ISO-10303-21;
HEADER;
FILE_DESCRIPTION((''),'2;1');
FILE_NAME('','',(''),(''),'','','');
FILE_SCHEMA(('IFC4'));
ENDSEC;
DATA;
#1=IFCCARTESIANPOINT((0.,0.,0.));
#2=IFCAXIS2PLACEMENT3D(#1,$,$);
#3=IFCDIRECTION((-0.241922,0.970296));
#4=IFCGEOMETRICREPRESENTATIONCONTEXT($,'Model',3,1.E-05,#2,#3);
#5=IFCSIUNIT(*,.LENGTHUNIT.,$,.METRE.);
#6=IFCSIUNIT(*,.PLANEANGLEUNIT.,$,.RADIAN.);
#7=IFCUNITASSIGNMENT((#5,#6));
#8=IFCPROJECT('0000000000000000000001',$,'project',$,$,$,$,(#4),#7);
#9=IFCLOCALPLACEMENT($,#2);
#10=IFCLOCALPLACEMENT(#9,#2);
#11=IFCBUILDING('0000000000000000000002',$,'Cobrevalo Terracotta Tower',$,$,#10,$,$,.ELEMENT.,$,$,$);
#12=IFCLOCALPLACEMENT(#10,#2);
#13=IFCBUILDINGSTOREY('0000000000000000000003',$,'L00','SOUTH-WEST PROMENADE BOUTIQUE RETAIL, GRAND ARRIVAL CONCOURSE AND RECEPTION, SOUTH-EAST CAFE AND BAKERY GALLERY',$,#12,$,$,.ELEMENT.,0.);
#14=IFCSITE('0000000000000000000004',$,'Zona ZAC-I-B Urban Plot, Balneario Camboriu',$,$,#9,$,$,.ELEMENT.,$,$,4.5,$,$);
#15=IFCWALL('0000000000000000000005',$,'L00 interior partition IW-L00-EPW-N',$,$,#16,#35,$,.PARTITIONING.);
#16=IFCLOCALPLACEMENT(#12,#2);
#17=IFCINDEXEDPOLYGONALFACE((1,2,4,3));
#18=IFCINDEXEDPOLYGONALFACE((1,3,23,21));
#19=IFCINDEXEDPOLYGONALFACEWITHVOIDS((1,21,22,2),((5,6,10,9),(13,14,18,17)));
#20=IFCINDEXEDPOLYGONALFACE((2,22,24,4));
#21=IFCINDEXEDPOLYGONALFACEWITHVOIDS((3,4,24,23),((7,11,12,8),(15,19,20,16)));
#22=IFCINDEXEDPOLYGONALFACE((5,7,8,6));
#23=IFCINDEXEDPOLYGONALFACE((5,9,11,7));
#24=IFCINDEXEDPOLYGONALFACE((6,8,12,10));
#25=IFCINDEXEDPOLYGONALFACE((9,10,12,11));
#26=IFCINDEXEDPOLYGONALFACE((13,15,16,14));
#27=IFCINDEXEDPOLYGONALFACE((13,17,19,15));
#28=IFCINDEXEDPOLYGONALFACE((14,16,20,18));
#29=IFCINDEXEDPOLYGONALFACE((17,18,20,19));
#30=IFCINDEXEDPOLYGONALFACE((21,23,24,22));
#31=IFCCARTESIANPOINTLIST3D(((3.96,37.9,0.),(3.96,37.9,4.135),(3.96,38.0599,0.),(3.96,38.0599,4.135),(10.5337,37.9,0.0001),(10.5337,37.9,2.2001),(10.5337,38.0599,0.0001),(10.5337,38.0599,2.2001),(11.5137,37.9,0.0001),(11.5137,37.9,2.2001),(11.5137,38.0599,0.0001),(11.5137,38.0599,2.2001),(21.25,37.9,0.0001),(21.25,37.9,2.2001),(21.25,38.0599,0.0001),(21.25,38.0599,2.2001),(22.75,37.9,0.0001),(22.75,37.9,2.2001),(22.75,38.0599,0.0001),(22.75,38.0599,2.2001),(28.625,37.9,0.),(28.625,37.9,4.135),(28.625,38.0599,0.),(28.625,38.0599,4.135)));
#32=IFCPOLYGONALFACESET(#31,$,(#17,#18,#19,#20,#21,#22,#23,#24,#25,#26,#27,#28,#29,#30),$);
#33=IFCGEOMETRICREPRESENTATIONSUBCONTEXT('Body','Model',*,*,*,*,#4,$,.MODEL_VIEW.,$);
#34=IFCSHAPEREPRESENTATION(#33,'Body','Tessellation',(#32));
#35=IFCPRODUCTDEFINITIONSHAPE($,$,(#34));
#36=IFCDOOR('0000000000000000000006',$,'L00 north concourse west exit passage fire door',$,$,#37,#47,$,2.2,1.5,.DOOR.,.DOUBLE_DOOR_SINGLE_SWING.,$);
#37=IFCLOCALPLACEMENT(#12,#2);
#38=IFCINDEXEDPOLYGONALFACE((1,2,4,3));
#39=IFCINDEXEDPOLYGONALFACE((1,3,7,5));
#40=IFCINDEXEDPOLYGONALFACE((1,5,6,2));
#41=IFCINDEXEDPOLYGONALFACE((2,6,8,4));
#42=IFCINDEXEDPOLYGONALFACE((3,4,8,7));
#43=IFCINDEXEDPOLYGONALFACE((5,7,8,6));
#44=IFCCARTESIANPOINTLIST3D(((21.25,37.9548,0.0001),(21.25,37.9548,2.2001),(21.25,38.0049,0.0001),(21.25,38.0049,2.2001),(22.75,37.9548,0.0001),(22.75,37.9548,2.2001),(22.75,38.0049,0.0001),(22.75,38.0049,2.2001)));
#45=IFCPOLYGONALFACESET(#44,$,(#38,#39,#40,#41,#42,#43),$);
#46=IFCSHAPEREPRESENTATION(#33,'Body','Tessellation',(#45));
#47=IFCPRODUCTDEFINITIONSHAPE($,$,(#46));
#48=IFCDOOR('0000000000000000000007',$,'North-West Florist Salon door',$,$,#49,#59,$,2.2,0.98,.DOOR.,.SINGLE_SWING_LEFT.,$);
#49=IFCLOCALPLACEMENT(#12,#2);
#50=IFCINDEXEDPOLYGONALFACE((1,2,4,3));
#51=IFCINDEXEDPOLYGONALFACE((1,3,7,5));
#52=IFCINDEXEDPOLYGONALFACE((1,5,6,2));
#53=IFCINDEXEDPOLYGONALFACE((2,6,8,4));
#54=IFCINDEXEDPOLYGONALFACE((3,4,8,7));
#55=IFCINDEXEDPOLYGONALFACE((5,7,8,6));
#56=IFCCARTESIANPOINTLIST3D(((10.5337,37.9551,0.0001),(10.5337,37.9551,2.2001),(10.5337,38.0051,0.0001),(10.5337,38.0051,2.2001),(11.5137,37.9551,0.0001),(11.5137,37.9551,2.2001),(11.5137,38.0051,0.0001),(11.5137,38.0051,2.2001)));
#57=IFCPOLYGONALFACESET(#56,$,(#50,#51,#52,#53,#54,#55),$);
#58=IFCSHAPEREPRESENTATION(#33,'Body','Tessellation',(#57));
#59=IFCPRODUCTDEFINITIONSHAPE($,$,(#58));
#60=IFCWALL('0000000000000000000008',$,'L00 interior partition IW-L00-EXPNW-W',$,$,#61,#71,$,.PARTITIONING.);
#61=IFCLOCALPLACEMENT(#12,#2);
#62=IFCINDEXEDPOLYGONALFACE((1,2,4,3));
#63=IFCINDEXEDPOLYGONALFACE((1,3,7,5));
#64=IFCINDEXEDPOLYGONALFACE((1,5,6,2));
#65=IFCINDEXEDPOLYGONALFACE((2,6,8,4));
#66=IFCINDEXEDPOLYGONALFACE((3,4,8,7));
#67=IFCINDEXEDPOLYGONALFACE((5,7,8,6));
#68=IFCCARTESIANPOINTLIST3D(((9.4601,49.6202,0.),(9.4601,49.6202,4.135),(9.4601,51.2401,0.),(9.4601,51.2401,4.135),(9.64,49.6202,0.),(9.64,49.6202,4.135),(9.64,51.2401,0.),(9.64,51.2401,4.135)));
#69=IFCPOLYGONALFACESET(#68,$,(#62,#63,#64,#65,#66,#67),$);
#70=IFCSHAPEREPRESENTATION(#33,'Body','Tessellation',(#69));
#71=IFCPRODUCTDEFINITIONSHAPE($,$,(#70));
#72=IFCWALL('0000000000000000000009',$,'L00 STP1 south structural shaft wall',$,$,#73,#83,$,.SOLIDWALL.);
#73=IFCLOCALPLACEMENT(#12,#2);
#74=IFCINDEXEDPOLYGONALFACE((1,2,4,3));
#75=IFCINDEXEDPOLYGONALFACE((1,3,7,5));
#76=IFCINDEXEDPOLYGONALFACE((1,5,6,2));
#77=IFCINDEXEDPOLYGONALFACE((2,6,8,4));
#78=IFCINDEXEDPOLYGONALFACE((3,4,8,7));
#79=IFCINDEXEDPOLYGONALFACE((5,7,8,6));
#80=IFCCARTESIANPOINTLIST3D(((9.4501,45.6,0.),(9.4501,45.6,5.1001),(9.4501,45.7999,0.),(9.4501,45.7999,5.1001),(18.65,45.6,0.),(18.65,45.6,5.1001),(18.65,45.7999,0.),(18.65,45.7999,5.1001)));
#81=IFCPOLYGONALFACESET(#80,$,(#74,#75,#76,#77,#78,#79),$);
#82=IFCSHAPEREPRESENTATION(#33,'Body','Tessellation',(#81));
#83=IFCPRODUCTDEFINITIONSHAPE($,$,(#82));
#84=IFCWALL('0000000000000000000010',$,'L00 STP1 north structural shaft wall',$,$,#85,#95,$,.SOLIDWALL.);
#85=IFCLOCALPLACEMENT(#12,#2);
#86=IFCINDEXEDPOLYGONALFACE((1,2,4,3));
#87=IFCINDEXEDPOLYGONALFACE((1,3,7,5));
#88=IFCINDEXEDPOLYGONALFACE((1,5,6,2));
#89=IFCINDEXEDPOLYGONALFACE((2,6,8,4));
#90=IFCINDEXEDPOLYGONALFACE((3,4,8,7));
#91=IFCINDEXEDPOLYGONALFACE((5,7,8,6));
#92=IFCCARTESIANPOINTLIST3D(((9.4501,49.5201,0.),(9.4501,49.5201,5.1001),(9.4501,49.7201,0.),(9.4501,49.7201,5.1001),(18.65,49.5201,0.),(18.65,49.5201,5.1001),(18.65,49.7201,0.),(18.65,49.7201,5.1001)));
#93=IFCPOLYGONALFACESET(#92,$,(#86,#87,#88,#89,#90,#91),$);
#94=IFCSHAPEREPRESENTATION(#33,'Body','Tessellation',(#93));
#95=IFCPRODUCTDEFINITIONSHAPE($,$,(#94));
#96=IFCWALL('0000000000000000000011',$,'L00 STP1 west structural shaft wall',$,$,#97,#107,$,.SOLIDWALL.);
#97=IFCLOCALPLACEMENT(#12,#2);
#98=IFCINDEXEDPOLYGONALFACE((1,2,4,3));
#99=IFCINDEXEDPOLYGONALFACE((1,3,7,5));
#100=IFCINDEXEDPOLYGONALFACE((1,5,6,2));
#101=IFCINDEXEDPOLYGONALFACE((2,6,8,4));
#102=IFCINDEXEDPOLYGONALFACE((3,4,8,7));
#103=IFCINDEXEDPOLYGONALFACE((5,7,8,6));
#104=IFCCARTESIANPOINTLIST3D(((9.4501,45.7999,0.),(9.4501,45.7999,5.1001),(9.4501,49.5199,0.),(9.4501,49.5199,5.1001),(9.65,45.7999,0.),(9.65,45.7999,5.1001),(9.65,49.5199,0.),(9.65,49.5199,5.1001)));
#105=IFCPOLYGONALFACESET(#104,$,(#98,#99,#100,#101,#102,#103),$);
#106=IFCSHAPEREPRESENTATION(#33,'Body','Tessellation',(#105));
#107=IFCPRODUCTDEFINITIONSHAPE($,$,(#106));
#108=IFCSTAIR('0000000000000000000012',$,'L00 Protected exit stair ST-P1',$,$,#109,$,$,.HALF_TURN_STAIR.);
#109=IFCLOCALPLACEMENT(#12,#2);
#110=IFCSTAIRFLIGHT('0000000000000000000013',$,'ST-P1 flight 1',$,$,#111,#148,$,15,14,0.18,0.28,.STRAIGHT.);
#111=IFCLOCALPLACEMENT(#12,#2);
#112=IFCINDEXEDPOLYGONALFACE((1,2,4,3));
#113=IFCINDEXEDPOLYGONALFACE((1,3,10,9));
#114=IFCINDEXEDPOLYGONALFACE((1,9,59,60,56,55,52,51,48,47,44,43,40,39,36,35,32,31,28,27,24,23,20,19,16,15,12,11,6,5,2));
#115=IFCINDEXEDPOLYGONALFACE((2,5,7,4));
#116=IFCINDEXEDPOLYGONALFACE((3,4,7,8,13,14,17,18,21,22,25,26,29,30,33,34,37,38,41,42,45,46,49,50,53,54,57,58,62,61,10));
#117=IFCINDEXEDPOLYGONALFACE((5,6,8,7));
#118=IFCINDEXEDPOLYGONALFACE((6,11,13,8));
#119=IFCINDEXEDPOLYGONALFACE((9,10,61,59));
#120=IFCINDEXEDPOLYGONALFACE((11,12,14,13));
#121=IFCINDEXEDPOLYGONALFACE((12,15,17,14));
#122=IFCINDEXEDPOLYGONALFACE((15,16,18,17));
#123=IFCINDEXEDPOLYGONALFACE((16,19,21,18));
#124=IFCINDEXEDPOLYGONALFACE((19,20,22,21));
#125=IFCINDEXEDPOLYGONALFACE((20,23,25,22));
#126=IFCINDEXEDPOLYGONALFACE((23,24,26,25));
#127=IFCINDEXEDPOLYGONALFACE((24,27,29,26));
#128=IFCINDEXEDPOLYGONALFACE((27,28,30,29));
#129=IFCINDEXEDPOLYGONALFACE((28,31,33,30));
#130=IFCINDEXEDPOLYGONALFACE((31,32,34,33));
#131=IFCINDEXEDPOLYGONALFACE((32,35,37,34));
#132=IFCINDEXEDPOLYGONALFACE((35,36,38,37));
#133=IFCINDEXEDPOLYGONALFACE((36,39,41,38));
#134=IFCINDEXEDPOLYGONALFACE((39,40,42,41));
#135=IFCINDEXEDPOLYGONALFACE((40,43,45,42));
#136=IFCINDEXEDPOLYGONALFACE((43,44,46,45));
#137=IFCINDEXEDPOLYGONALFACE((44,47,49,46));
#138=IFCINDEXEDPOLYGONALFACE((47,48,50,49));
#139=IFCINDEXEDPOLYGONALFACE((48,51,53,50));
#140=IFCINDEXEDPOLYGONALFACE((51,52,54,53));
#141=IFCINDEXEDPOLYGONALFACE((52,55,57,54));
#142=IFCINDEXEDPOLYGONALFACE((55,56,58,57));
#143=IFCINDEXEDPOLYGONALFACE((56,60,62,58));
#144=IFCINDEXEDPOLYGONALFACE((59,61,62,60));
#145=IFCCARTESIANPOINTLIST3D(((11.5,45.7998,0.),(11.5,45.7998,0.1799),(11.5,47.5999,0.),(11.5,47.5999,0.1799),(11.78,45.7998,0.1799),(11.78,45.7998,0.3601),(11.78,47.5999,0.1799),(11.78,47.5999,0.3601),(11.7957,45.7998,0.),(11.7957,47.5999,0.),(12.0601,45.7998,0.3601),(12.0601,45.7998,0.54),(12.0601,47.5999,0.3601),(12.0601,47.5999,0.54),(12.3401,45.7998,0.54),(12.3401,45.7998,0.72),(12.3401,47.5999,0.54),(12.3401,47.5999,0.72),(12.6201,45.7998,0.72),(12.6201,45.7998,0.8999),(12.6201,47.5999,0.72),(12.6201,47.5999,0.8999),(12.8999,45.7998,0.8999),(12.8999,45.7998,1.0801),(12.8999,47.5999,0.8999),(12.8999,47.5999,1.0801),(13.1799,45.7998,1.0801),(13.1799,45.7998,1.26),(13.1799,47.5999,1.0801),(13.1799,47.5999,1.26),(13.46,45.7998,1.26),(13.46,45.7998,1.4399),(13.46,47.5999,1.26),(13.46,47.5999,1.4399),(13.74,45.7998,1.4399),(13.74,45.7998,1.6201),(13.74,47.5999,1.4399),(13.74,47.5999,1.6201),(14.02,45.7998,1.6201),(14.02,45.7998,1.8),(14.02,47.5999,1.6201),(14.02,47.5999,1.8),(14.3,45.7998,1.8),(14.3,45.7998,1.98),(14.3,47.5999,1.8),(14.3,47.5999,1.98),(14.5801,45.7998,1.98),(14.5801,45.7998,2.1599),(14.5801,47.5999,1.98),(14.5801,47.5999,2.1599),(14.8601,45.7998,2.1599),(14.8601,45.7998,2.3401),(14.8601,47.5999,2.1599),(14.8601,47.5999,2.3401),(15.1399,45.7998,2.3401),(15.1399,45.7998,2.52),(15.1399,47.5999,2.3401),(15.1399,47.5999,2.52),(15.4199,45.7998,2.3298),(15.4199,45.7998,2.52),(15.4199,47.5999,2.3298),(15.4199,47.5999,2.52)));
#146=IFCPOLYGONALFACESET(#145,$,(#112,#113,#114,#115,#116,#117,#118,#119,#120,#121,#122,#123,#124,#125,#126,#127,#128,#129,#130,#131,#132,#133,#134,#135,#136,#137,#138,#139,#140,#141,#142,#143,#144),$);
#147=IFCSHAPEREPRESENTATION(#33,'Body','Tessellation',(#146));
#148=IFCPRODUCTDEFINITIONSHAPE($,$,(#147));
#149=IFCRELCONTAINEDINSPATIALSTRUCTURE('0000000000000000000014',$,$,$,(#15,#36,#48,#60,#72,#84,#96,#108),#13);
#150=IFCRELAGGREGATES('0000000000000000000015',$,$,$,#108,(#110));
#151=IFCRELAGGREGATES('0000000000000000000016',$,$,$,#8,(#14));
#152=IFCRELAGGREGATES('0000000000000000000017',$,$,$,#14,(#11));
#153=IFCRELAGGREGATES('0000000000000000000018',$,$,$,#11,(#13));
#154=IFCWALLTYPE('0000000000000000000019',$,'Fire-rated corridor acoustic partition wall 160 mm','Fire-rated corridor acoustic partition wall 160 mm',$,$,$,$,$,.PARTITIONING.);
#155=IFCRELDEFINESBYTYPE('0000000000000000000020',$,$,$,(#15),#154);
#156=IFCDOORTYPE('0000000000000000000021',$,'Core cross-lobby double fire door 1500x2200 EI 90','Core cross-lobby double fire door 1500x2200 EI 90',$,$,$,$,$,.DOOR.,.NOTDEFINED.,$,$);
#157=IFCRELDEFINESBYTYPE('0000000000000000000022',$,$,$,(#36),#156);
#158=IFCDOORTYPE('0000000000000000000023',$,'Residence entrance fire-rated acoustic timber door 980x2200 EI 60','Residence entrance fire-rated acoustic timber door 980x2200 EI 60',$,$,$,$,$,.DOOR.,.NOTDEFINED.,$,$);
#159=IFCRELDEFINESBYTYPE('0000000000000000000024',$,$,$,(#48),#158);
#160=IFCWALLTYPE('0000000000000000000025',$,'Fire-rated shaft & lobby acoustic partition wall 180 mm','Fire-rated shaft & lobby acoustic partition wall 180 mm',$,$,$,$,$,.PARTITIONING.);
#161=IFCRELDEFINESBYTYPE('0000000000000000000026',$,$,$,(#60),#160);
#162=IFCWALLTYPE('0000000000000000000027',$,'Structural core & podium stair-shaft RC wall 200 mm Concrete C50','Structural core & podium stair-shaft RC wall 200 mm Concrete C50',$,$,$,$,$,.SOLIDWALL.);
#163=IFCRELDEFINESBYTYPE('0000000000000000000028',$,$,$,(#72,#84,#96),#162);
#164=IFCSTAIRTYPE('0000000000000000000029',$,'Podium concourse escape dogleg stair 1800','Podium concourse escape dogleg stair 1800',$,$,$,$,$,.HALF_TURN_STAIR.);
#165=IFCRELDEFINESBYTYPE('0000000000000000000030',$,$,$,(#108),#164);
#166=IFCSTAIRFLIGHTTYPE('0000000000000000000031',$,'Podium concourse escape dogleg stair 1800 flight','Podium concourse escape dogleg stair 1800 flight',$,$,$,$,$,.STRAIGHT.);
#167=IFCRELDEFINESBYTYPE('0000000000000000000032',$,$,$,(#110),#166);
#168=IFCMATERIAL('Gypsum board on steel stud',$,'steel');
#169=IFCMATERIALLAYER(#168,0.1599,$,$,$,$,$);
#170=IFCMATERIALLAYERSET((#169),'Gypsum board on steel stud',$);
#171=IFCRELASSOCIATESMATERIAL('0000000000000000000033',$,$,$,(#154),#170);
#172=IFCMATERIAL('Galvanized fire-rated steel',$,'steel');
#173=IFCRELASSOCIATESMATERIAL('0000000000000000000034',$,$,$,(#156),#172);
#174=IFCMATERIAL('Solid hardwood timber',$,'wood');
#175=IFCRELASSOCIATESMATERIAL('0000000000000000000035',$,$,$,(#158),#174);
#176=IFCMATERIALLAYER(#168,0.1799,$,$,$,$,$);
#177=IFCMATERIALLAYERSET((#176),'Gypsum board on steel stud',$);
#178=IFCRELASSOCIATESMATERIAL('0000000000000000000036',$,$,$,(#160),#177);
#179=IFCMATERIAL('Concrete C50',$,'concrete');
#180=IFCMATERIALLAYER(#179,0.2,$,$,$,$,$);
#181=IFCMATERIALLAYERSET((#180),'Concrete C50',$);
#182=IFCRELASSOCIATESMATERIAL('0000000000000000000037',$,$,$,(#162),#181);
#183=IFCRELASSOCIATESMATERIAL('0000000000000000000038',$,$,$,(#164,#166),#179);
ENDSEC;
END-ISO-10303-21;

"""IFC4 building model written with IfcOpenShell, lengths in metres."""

from ifc_helpers import new_model, si_unit, direction, frame, frame_2d, origin, place, context, subcontext, project, spatial, polyline, rectangle, outline, extrude, source, transform, mapped, material, layer, layer_set, type_object, element, fill, aggregate, save


model = new_model("IFC4")

# Units and contexts
model_context = context("Model", 3, precision=1e-05, world=origin(), true_north=direction((-0.241922, 0.970296)))
body_context = subcontext(model_context, "Body", "Model", "MODEL_VIEW")
ifc_project = project(units=[si_unit("LENGTHUNIT", "METRE"), si_unit("PLANEANGLEUNIT", "RADIAN")], contexts=[model_context])

# Site, building, storey
site_placement = place(None, origin())
site = spatial("IfcSite", under=ifc_project, at=site_placement, Name="Zona ZAC-I-B Urban Plot, Balneario Camboriu", CompositionType="ELEMENT", RefElevation=4.5)
building_placement = place(site_placement, origin())
building = spatial("IfcBuilding", under=site, at=building_placement, Name="Cobrevalo Terracotta Tower", CompositionType="ELEMENT")
storey_placement = place(building_placement, origin())
storey = spatial("IfcBuildingStorey", under=building, at=storey_placement, Name="L00", Description="SOUTH-WEST PROMENADE BOUTIQUE RETAIL, GRAND ARRIVAL CONCOURSE AND RECEPTION, SOUTH-EAST CAFE AND BAKERY GALLERY", CompositionType="ELEMENT", Elevation=0.0)

# Shared definitions
ifc_material_1 = material(Name="Concrete C50", Category="concrete")

# Shared definitions
ifc_material_2 = material(Name="Gypsum board on steel stud", Category="steel")
ifc_layer_1 = layer(ifc_material_2, 0.1599)
ifc_layer_set_1 = layer_set([ifc_layer_1], Name="Gypsum board on steel stud")
wall_type_1 = type_object("IfcWallType", Name="Fire-rated corridor acoustic partition wall 160 mm", Description="Fire-rated corridor acoustic partition wall 160 mm", PredefinedType="PARTITIONING", material=ifc_layer_set_1)

# Wall, openings, doors
wall_1_placement = place(storey_placement, frame((3.96, 37.98, 0.0), z_axis=(0.0, 0.0, 1.0), x_axis=(1.0, 0.0, 0.0)))
wall_1 = element("IfcWall", 1, at=wall_1_placement, inside=storey, type_object=wall_type_1, Name="L00 interior partition IW-L00-EPW-N", PredefinedType="PARTITIONING", context=body_context, shape_type="SweptSolid", body=[
    extrude(rectangle(XDim=24.665, YDim=0.1599, at=frame_2d((12.3325, 0.0))), origin(), (0.0, 0.0, 1.0), 4.135),
])
opening_1_placement = place(wall_1_placement, frame((17.29, 0.0, 0.0)))
opening_1 = element("IfcOpeningElement", 2, at=opening_1_placement, cuts=wall_1, PredefinedType="OPENING", context=body_context, shape_type="SweptSolid", body=[
    extrude(rectangle(XDim=1.5, YDim=2.2, at=frame_2d((0.75, 1.1001))), frame((0.0, 0.0898, 0.0), z_axis=(0.0, -1.0, 0.0), x_axis=(1.0, 0.0, 0.0)), (0.0, 0.0, 1.0), 0.1799),
])
opening_2_placement = place(wall_1_placement, frame((6.5737, 0.0, 0.0)))
opening_2 = element("IfcOpeningElement", 3, at=opening_2_placement, cuts=wall_1, PredefinedType="OPENING", context=body_context, shape_type="SweptSolid", body=[
    extrude(rectangle(XDim=0.98, YDim=2.2, at=frame_2d((0.49, 1.1001))), frame((0.0, 0.0898, 0.0), z_axis=(0.0, -1.0, 0.0), x_axis=(1.0, 0.0, 0.0)), (0.0, 0.0, 1.0), 0.1799),
])
ifc_material_3 = material(Name="Galvanized fire-rated steel", Category="steel")
door_type_1 = type_object("IfcDoorType", Name="Core cross-lobby double fire door 1500x2200 EI 90", Description="Core cross-lobby double fire door 1500x2200 EI 90", OperationType="NOTDEFINED", PredefinedType="DOOR", material=ifc_material_3)
shared_shape_1 = source(origin(), body_context, "Body", "SweptSolid", [
    extrude(rectangle(XDim=1.5, YDim=2.2, at=frame_2d((0.75, 1.1001))), frame((0.0, 0.0249, 0.0), z_axis=(0.0, -1.0, 0.0), x_axis=(1.0, 0.0, 0.0)), (0.0, 0.0, 1.0), 0.05),
])
door_1_placement = place(opening_1_placement, origin())
door_1 = element("IfcDoor", 4, at=door_1_placement, inside=storey, type_object=door_type_1, Name="L00 north concourse west exit passage fire door", OperationType="DOUBLE_DOOR_SINGLE_SWING", OverallHeight=2.2, OverallWidth=1.5, PredefinedType="DOOR", context=body_context, shape_type="MappedRepresentation", body=[
    mapped(shared_shape_1, transform((0.0, 0.0, 0.0), scale=1.0)),
])
fill(opening_1, door_1)
ifc_material_4 = material(Name="Solid hardwood timber", Category="wood")
door_type_2 = type_object("IfcDoorType", Name="Residence entrance fire-rated acoustic timber door 980x2200 EI 60", Description="Residence entrance fire-rated acoustic timber door 980x2200 EI 60", OperationType="NOTDEFINED", PredefinedType="DOOR", material=ifc_material_4)
shared_shape_2 = source(origin(), body_context, "Body", "SweptSolid", [
    extrude(rectangle(XDim=0.98, YDim=2.2, at=frame_2d((0.49, 1.1001))), frame((0.0, 0.0249, 0.0), z_axis=(0.0, -1.0, 0.0), x_axis=(1.0, 0.0, 0.0)), (0.0, 0.0, 1.0), 0.05),
])
door_2_placement = place(opening_2_placement, frame((0.98, 0.0, 0.0), z_axis=(0.0, 0.0, 1.0), x_axis=(-1.0, 0.0, 0.0)))
door_2 = element("IfcDoor", 5, at=door_2_placement, inside=storey, type_object=door_type_2, Name="North-West Florist Salon door", OperationType="SINGLE_SWING_LEFT", OverallHeight=2.2, OverallWidth=0.98, PredefinedType="DOOR", context=body_context, shape_type="MappedRepresentation", body=[
    mapped(shared_shape_2, transform((0.0, 0.0, 0.0), scale=1.0)),
])
fill(opening_2, door_2)

# Walls
ifc_layer_2 = layer(ifc_material_2, 0.1799)
ifc_layer_set_2 = layer_set([ifc_layer_2], Name="Gypsum board on steel stud")
wall_type_2 = type_object("IfcWallType", Name="Fire-rated shaft & lobby acoustic partition wall 180 mm", Description="Fire-rated shaft & lobby acoustic partition wall 180 mm", PredefinedType="PARTITIONING", material=ifc_layer_set_2)
wall_2_placement = place(storey_placement, frame((9.55, 49.6201, 0.0), z_axis=(0.0, 0.0, 1.0), x_axis=(0.0, 1.0, 0.0)))
element("IfcWall", 6, at=wall_2_placement, inside=storey, type_object=wall_type_2, Name="L00 interior partition IW-L00-EXPNW-W", PredefinedType="PARTITIONING", context=body_context, shape_type="SweptSolid", body=[
    extrude(rectangle(XDim=1.6199, YDim=0.1799, at=frame_2d((0.8101, 0.0))), origin(), (0.0, 0.0, 1.0), 4.135),
])
ifc_layer_3 = layer(ifc_material_1, 0.2)
ifc_layer_set_3 = layer_set([ifc_layer_3], Name="Concrete C50")
wall_type_3 = type_object("IfcWallType", Name="Structural core & podium stair-shaft RC wall 200 mm Concrete C50", Description="Structural core & podium stair-shaft RC wall 200 mm Concrete C50", PredefinedType="SOLIDWALL", material=ifc_layer_set_3)
for number, where, z_axis, x_axis, name in (
    (7, (9.45, 45.7, 0.0), (0.0, 0.0, 1.0), (1.0, 0.0, 0.0), "L00 STP1 south structural shaft wall"),
    (8, (9.45, 49.6201, 0.0), (0.0, 0.0, 1.0), (1.0, 0.0, 0.0), "L00 STP1 north structural shaft wall"),
):
    element("IfcWall", number, at=place(storey_placement, frame(where, z_axis=z_axis, x_axis=x_axis)), inside=storey, type_object=wall_type_3, Name=name, PredefinedType="SOLIDWALL", context=body_context, shape_type="SweptSolid", body=[
        extrude(rectangle(XDim=9.2, YDim=0.2, at=frame_2d((4.6001, 0.0))), origin(), (0.0, 0.0, 1.0), 5.1001),
    ])
wall_3_placement = place(storey_placement, frame((9.55, 45.8, 0.0), z_axis=(0.0, 0.0, 1.0), x_axis=(0.0, 1.0, 0.0)))
element("IfcWall", 9, at=wall_3_placement, inside=storey, type_object=wall_type_3, Name="L00 STP1 west structural shaft wall", PredefinedType="SOLIDWALL", context=body_context, shape_type="SweptSolid", body=[
    extrude(rectangle(XDim=3.72, YDim=0.2, at=frame_2d((1.8599, 0.0))), origin(), (0.0, 0.0, 1.0), 5.1001),
])

# Stair, stair flight
stair_type = type_object("IfcStairType", Name="Podium concourse escape dogleg stair 1800", Description="Podium concourse escape dogleg stair 1800", PredefinedType="HALF_TURN_STAIR", material=ifc_material_1)
stair_placement = place(storey_placement, origin())
stair = element("IfcStair", 10, at=stair_placement, inside=storey, type_object=stair_type, Name="L00 Protected exit stair ST-P1", PredefinedType="HALF_TURN_STAIR")
stair_flight_type = type_object("IfcStairFlightType", Name="Podium concourse escape dogleg stair 1800 flight", Description="Podium concourse escape dogleg stair 1800 flight", PredefinedType="STRAIGHT", material=ifc_material_1)
stair_flight_placement = place(storey_placement, frame((11.5, 46.7, 0.0), z_axis=(0.0, 0.0, 1.0), x_axis=(1.0, 0.0, 0.0)))
stair_flight = element("IfcStairFlight", 11, at=stair_flight_placement, type_object=stair_flight_type, Name="ST-P1 flight 1", NumberOfRisers=15, NumberOfTreads=14, PredefinedType="STRAIGHT", RiserHeight=0.18, TreadLength=0.28, context=body_context, shape_type="SweptSolid", body=[
    extrude(outline(polyline([(0.0, 0.0), (0.0, 0.1799), (0.28, 0.1799), (0.28, 0.3601), (0.5601, 0.3601), (0.5601, 0.54), (0.8401, 0.54), (0.8401, 0.72), (1.1201, 0.72), (1.1201, 0.8999), (1.3999, 0.8999), (1.3999, 1.0801), (1.6799, 1.0801), (1.6799, 1.26), (1.96, 1.26), (1.96, 1.4399), (2.24, 1.4399), (2.24, 1.6201), (2.52, 1.6201), (2.52, 1.8), (2.8, 1.8), (2.8, 1.98), (3.0801, 1.98), (3.0801, 2.1599), (3.3601, 2.1599), (3.3601, 2.3401), (3.6399, 2.3401), (3.6399, 2.52), (3.9199, 2.52), (3.9199, 2.7), (3.9199, 2.3298), (0.2957, 0.0), (0.0, 0.0)])), frame((0.0, 0.8999, 0.0), z_axis=(0.0, -1.0, 0.0), x_axis=(1.0, 0.0, 0.0)), (0.0, 0.0, 1.0), 1.8),
])
aggregate(stair, [stair_flight])

save(model, "model.ifc")
